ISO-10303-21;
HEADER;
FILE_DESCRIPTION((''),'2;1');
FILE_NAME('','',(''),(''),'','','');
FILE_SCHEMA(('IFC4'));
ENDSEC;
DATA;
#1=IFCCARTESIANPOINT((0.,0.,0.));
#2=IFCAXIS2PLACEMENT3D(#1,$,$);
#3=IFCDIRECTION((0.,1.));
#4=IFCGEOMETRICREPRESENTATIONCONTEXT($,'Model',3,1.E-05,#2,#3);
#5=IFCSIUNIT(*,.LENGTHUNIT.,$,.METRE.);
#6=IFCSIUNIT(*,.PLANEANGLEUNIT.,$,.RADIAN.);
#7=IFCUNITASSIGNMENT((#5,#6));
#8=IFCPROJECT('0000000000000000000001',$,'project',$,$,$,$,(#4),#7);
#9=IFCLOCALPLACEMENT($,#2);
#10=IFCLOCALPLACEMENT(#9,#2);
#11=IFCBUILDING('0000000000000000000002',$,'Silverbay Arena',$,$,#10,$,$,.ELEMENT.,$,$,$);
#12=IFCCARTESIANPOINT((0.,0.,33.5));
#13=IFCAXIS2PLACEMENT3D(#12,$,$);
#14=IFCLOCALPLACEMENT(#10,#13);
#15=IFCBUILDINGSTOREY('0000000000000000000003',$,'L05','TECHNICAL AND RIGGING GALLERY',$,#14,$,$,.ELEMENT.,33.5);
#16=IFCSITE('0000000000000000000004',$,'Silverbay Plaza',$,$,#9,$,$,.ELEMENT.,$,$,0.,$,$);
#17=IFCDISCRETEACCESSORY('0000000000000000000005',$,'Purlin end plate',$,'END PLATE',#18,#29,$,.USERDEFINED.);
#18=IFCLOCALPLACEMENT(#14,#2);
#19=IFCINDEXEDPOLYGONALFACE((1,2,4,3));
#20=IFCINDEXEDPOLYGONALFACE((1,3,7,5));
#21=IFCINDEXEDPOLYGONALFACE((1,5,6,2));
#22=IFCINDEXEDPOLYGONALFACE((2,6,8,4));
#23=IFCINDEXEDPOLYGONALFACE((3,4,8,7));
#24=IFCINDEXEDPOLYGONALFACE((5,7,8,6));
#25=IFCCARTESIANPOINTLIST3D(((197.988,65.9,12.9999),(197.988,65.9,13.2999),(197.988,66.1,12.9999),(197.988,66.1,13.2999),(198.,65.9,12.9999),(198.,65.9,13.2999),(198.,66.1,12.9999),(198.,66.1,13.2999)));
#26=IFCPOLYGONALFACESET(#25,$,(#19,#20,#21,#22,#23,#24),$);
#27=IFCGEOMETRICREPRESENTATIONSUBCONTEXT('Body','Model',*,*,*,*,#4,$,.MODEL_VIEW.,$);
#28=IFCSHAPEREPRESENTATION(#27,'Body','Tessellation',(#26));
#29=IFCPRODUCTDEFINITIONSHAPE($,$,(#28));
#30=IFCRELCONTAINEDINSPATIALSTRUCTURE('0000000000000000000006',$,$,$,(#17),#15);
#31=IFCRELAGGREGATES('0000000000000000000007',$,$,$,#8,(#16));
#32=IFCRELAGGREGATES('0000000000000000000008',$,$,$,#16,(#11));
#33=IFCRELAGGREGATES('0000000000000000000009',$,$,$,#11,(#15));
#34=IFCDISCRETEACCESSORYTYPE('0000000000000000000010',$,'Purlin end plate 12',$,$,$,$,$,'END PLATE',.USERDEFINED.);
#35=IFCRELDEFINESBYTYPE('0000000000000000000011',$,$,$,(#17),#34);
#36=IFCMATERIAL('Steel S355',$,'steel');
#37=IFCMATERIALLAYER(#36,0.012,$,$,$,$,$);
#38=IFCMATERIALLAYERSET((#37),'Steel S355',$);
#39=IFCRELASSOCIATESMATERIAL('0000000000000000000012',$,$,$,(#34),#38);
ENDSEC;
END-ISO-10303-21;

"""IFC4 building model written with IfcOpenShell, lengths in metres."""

from ifc_helpers import new_model, si_unit, direction, frame, origin, origin_2d, place, context, subcontext, project, spatial, rectangle, extrude, material, layer, layer_set, type_object, element, save


model = new_model("IFC4")

# Units and contexts
model_context = context("Model", 3, precision=1e-05, world=origin(), true_north=direction((0.0, 1.0)))
body_context = subcontext(model_context, "Body", "Model", "MODEL_VIEW")
ifc_project = project(units=[si_unit("LENGTHUNIT", "METRE"), si_unit("PLANEANGLEUNIT", "RADIAN")], contexts=[model_context])

# Site, building, storey
site_placement = place(None, origin())
site = spatial("IfcSite", under=ifc_project, at=site_placement, Name="Silverbay Plaza", CompositionType="ELEMENT", RefElevation=0.0)
building_placement = place(site_placement, origin())
building = spatial("IfcBuilding", under=site, at=building_placement, Name="Silverbay Arena", CompositionType="ELEMENT")
storey_placement = place(building_placement, frame((0.0, 0.0, 33.5)))
storey = spatial("IfcBuildingStorey", under=building, at=storey_placement, Name="L05", Description="TECHNICAL AND RIGGING GALLERY", CompositionType="ELEMENT", Elevation=33.5)

# Discrete accessory
ifc_material_1 = material(Name="Steel S355", Category="steel")
ifc_layer = layer(ifc_material_1, 0.012)
ifc_layer_set = layer_set([ifc_layer], Name="Steel S355")
discrete_accessory_type = type_object("IfcDiscreteAccessoryType", Name="Purlin end plate 12", ElementType="END PLATE", PredefinedType="USERDEFINED", material=ifc_layer_set)
discrete_accessory_placement = place(storey_placement, frame((198.0, 66.0, 13.1499), z_axis=(-1.0, 0.0, 0.0), x_axis=(0.0, -1.0, 0.0)))
element("IfcDiscreteAccessory", 1, at=discrete_accessory_placement, inside=storey, type_object=discrete_accessory_type, Name="Purlin end plate", ObjectType="END PLATE", PredefinedType="USERDEFINED", context=body_context, shape_type="SweptSolid", body=[
    extrude(rectangle(XDim=0.2, YDim=0.3, at=origin_2d()), origin(), (0.0, 0.0, 1.0), 0.012),
])

save(model, "model.ifc")
